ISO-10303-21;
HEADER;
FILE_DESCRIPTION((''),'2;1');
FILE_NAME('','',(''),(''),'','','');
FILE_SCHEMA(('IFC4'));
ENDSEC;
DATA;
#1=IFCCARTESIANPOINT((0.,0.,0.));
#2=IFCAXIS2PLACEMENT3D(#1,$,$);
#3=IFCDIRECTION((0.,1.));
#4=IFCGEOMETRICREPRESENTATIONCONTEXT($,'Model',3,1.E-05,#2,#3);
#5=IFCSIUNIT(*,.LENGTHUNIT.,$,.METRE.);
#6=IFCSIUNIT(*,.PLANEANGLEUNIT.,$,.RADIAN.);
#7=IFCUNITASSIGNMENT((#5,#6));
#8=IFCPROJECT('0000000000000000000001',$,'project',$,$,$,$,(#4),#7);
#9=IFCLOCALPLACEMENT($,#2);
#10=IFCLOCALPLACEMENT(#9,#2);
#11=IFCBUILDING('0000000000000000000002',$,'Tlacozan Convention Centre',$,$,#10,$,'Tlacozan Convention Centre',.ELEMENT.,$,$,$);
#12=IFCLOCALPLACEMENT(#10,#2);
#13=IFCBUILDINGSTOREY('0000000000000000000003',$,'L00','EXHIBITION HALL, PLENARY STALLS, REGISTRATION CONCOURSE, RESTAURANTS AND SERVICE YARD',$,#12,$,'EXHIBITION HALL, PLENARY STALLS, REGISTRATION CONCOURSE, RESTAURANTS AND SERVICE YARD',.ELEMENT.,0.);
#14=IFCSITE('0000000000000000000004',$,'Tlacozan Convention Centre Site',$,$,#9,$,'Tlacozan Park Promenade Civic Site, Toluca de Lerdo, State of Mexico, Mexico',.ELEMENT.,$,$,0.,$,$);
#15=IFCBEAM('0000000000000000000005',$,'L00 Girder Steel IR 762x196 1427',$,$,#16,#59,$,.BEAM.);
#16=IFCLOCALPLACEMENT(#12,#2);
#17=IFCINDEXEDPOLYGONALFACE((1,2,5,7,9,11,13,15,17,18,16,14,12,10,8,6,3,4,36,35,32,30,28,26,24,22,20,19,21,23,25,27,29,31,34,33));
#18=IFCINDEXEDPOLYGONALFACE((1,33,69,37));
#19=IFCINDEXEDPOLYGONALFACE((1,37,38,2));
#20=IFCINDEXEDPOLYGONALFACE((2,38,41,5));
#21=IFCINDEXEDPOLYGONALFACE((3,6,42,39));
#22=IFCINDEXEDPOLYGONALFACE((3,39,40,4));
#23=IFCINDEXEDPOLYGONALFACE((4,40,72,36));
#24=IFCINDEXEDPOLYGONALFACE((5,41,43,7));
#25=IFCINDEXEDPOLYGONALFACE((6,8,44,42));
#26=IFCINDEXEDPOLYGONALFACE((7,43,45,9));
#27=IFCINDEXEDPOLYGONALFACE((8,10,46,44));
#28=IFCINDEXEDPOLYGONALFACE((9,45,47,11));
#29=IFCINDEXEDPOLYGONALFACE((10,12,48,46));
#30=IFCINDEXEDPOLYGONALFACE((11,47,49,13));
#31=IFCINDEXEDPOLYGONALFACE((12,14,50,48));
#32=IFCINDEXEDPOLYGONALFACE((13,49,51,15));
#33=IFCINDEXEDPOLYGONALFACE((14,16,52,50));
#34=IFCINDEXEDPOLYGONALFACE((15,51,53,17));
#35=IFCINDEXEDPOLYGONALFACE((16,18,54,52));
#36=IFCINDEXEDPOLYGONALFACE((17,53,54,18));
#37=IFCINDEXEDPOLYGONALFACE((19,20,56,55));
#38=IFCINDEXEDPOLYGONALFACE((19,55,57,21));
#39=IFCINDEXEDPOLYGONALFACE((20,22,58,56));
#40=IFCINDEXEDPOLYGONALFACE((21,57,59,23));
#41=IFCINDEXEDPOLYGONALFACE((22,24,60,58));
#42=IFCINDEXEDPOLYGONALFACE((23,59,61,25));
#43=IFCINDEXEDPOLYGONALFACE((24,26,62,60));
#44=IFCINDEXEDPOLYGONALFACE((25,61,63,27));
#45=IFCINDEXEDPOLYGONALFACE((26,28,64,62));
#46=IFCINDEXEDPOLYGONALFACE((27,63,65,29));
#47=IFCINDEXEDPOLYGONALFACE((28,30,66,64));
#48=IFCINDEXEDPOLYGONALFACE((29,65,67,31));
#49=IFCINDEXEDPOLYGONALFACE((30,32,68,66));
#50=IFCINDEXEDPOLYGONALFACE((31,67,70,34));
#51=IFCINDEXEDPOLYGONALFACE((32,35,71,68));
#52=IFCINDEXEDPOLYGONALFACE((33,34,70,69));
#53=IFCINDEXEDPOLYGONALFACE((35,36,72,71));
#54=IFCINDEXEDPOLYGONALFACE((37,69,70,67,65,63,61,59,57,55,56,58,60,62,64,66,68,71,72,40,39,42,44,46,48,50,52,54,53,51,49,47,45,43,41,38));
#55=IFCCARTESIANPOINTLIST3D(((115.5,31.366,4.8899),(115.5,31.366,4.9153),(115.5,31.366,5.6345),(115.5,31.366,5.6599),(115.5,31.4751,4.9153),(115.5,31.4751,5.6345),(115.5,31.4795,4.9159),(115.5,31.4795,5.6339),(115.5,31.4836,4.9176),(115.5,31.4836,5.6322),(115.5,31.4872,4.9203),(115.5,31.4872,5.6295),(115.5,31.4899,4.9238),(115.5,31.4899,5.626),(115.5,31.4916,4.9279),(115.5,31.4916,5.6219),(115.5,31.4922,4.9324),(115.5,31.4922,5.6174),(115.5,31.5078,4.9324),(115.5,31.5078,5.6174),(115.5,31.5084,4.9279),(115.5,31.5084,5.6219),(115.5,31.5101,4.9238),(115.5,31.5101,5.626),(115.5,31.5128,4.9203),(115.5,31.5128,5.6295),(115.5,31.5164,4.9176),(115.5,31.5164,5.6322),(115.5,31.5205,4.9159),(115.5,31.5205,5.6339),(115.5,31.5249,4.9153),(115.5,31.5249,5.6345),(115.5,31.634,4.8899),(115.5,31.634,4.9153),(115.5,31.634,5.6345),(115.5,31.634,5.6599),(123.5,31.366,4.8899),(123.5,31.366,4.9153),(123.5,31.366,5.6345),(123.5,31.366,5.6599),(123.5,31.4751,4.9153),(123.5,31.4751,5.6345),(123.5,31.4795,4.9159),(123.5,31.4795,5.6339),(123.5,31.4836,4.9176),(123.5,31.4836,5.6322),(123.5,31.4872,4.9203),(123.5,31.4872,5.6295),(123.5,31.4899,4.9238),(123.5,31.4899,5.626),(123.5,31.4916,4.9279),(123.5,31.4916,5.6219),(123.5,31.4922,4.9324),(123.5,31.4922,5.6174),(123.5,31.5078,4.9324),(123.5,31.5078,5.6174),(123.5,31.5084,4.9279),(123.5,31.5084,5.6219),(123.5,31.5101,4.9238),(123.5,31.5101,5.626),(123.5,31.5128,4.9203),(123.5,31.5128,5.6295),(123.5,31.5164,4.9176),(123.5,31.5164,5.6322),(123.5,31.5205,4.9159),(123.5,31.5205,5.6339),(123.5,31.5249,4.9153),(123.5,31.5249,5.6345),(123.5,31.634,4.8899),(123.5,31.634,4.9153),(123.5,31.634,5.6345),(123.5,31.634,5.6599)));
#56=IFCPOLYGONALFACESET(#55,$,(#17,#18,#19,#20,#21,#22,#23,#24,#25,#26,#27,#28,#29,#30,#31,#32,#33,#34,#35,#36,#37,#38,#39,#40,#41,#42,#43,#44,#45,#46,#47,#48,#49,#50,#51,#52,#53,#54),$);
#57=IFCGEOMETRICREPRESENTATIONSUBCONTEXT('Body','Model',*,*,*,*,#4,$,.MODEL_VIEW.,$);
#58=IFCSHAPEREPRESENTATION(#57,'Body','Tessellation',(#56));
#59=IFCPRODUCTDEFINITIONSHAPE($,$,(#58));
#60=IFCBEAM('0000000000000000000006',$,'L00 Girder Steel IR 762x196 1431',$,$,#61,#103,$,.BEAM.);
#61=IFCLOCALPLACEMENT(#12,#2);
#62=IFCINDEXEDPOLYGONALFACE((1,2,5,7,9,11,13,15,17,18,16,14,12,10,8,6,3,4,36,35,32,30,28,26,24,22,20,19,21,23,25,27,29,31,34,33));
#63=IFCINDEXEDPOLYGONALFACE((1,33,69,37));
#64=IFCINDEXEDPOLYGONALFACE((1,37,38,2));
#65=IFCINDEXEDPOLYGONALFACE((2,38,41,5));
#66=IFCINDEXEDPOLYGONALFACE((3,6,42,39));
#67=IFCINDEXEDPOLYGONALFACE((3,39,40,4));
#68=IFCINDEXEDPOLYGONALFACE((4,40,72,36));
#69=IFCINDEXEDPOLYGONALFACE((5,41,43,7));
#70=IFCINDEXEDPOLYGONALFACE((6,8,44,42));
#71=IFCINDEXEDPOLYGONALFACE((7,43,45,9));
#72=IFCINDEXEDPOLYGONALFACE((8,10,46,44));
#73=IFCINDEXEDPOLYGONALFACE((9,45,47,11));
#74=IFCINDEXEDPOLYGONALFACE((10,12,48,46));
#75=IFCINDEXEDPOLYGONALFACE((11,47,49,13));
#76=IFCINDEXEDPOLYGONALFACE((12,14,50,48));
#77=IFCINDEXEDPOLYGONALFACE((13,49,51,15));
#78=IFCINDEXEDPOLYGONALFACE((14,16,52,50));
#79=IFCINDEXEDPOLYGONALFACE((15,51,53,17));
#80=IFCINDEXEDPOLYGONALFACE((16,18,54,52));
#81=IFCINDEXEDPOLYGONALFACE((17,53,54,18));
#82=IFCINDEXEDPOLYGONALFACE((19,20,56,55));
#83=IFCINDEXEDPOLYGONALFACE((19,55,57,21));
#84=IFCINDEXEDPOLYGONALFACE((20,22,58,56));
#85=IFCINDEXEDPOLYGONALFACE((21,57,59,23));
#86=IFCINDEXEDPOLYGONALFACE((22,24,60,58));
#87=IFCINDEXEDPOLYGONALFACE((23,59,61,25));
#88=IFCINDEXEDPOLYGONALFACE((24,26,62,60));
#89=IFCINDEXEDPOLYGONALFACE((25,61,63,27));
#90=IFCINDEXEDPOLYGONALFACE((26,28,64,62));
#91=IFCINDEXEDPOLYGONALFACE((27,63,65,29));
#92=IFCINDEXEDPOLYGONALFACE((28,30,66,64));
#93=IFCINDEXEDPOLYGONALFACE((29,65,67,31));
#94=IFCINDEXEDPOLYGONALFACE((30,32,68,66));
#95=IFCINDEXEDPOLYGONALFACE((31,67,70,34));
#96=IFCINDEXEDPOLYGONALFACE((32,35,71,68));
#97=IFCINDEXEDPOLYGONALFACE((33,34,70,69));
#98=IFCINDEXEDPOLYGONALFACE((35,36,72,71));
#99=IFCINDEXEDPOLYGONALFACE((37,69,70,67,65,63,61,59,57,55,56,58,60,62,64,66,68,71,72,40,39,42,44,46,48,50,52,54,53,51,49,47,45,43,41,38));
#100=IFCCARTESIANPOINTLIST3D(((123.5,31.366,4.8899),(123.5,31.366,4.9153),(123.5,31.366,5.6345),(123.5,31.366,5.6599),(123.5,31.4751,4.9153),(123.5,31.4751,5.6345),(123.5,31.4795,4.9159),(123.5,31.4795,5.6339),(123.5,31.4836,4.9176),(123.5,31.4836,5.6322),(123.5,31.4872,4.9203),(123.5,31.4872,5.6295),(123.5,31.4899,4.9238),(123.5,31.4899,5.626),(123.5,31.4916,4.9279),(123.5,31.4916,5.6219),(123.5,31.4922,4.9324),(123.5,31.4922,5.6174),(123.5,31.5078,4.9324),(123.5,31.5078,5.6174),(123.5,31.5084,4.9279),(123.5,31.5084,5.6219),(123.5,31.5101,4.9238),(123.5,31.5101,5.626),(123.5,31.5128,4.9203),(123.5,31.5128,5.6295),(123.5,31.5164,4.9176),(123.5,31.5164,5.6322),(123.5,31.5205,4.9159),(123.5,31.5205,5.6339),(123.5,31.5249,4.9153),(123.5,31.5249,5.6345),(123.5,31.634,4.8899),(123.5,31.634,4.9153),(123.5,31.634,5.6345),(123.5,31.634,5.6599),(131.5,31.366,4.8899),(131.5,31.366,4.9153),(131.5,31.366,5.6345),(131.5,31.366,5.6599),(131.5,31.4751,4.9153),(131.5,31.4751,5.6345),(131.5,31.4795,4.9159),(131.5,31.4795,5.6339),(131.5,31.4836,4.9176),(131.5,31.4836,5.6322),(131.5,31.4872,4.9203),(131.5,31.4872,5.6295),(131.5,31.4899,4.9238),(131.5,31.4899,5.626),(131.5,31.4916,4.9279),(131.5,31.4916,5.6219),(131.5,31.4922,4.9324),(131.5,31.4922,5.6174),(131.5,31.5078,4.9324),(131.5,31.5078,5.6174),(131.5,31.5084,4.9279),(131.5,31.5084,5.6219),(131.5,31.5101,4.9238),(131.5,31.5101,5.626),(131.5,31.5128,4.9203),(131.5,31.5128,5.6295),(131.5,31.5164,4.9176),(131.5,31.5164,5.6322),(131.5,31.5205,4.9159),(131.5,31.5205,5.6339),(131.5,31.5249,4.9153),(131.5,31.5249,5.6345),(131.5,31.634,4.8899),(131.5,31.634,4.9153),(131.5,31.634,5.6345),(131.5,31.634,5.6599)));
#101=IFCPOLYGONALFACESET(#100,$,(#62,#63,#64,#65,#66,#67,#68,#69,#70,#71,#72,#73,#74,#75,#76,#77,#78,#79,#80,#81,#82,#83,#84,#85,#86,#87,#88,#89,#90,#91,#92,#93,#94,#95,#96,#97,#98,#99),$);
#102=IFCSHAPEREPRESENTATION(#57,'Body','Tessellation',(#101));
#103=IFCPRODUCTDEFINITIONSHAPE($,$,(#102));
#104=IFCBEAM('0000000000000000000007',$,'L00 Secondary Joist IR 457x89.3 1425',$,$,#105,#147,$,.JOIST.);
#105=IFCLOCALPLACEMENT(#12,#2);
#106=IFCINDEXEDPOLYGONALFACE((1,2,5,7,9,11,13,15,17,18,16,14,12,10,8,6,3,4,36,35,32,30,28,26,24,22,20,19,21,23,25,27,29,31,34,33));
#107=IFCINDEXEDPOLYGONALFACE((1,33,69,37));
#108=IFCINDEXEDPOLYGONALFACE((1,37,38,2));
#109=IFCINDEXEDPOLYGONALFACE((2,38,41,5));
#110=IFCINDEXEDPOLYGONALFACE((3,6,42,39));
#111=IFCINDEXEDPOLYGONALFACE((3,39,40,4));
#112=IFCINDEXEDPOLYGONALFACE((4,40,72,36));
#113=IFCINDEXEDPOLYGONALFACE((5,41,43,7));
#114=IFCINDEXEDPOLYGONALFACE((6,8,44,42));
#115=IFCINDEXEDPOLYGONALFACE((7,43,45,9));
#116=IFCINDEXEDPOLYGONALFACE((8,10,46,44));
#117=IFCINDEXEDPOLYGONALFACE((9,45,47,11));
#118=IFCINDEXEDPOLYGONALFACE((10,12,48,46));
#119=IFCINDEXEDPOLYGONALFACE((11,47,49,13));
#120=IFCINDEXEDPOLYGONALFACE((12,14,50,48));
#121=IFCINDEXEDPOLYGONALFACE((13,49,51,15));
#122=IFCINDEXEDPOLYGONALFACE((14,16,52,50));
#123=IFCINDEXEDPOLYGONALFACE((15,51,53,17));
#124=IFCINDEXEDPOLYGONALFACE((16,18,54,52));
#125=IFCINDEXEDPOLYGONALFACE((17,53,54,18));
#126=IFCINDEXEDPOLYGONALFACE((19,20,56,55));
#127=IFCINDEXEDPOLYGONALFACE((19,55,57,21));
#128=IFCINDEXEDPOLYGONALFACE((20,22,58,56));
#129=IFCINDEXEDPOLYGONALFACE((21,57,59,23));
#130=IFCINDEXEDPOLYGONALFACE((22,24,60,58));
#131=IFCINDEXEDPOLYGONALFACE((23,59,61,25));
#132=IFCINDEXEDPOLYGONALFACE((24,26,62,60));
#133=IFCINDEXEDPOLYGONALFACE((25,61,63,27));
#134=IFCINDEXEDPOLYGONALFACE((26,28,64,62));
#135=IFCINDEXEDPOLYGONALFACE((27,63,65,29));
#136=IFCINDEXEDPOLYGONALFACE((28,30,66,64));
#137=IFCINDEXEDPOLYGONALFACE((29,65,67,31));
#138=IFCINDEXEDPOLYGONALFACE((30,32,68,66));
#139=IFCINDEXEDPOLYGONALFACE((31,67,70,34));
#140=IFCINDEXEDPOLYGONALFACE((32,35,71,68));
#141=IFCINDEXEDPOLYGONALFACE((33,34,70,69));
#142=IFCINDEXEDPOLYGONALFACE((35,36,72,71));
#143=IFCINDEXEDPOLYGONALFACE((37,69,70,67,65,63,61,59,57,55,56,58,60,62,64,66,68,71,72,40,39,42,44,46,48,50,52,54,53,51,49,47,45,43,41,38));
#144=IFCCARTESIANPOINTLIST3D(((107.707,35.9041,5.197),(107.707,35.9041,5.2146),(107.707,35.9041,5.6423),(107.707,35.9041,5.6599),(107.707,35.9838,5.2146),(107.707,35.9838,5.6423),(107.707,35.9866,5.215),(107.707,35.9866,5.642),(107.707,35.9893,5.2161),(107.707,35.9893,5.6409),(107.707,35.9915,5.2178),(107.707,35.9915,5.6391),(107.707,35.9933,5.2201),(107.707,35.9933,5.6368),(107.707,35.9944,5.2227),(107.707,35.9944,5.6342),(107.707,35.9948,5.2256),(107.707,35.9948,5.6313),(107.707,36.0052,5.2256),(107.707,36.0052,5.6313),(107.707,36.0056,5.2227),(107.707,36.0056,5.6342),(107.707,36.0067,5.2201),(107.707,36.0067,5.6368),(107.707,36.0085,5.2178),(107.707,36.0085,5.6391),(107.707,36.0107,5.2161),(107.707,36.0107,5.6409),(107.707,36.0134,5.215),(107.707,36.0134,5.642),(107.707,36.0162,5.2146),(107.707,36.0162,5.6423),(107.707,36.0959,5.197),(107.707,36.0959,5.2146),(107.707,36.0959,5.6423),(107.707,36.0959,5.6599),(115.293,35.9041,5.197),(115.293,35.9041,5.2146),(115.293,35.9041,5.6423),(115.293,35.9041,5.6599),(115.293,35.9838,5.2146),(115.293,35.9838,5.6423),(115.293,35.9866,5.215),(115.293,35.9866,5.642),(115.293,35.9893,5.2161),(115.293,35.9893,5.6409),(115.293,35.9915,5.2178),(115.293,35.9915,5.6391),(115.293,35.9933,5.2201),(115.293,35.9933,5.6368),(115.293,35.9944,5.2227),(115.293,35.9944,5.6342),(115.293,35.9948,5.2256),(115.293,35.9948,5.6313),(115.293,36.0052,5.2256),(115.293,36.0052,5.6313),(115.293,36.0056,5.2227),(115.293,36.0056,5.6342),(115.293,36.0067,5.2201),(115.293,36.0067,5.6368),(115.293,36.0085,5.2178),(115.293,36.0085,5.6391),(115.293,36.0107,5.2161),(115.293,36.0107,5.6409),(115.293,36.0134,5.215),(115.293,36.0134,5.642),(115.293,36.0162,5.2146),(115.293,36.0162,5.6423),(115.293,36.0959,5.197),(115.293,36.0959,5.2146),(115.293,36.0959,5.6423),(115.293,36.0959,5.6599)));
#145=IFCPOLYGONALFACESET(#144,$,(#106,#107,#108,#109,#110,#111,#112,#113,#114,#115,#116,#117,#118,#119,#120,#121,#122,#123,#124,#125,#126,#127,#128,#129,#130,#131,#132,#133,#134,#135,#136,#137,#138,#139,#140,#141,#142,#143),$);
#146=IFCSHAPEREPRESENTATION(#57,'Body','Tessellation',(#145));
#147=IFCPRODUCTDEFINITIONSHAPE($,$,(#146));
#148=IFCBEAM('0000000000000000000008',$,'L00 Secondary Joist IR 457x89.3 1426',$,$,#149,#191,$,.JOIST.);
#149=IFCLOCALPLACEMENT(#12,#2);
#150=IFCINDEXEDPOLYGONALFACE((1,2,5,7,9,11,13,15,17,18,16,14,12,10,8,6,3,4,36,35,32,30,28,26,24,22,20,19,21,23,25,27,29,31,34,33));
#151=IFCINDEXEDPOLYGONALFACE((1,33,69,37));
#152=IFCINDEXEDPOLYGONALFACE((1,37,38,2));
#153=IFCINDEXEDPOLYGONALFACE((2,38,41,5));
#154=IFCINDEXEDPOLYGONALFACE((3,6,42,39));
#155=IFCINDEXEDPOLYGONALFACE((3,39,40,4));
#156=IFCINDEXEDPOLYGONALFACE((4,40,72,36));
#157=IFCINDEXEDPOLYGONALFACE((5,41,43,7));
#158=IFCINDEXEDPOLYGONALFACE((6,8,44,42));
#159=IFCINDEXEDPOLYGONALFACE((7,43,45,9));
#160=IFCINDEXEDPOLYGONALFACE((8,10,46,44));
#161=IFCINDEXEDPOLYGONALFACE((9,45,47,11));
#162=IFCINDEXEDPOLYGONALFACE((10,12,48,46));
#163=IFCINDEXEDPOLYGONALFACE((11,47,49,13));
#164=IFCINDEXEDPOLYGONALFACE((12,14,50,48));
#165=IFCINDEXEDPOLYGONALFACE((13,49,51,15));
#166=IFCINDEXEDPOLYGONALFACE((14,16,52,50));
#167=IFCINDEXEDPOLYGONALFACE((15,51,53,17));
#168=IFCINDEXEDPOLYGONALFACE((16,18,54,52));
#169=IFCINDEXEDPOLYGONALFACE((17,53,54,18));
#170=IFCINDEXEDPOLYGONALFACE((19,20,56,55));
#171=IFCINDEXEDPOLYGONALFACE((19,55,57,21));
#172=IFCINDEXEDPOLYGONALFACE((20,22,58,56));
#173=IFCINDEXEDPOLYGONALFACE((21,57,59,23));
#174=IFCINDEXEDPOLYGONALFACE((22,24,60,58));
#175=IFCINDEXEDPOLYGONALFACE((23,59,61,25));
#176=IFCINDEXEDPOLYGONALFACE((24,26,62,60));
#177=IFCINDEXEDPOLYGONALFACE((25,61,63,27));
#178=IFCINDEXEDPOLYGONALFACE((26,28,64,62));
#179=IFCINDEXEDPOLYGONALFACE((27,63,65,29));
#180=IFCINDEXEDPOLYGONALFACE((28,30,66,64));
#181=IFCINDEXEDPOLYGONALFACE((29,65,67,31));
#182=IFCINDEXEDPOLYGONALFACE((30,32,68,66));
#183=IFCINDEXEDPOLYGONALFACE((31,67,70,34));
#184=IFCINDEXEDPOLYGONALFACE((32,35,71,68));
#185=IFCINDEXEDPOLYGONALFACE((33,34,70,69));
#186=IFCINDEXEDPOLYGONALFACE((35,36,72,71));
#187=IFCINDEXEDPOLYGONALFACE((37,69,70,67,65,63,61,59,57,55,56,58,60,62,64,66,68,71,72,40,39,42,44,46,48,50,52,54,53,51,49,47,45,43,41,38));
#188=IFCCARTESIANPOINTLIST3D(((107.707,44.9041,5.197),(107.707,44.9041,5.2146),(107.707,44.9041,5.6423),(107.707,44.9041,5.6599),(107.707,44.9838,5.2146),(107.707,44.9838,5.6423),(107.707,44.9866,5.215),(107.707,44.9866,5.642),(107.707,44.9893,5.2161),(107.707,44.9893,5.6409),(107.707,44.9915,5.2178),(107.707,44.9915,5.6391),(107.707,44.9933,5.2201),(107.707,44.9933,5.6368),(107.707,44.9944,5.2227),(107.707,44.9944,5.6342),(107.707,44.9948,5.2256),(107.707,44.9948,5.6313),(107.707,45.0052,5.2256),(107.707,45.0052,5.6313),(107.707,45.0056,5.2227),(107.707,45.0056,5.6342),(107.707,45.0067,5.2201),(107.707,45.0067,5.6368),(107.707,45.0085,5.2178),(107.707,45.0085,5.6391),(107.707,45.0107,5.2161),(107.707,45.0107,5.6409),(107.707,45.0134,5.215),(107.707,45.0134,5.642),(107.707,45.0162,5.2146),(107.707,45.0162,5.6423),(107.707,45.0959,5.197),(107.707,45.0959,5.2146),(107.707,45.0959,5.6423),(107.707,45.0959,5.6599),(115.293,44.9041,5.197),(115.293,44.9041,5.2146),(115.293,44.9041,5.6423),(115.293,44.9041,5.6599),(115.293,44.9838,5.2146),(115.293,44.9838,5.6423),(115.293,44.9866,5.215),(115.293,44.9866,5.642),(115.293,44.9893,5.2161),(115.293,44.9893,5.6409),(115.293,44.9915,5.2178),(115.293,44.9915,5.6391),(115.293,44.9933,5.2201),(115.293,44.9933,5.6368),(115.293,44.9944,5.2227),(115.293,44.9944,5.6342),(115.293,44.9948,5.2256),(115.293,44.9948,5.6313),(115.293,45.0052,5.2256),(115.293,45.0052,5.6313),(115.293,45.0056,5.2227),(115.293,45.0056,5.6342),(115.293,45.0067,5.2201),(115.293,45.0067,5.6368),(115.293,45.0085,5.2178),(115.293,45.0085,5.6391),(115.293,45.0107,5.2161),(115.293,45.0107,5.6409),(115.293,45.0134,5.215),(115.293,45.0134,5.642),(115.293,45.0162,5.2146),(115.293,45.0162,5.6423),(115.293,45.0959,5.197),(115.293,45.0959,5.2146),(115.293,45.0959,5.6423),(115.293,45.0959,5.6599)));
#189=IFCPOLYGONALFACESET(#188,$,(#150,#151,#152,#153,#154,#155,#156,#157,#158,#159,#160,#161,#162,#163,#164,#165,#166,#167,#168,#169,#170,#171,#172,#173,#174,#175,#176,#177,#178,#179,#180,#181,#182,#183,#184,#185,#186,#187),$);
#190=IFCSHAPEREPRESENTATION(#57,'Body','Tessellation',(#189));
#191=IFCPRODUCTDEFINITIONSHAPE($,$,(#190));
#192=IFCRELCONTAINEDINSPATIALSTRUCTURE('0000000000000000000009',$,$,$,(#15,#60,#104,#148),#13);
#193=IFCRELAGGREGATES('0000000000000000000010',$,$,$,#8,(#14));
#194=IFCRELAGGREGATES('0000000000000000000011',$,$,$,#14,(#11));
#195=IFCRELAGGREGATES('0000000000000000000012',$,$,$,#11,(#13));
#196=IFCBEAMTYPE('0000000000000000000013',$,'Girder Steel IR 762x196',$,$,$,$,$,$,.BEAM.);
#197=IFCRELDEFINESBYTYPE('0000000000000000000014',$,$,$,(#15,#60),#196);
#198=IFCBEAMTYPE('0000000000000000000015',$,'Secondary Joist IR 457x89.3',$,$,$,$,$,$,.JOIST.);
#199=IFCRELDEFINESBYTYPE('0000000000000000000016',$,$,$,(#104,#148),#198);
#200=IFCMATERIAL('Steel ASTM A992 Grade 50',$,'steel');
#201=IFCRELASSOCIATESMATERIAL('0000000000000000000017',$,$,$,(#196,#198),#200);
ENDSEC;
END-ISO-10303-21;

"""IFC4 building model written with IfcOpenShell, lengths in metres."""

from ifc_helpers import new_model, si_unit, direction, frame, origin, origin_2d, place, context, subcontext, project, spatial, i_section, extrude, material, material_profile, profile_set, type_object, element, save


model = new_model("IFC4")

# Units and contexts
model_context = context("Model", 3, precision=1e-05, world=origin(), true_north=direction((0.0, 1.0)))
body_context = subcontext(model_context, "Body", "Model", "MODEL_VIEW")
ifc_project = project(units=[si_unit("LENGTHUNIT", "METRE"), si_unit("PLANEANGLEUNIT", "RADIAN")], contexts=[model_context])

# Site, building, storey
site_placement = place(None, origin())
site = spatial("IfcSite", under=ifc_project, at=site_placement, Name="Tlacozan Convention Centre Site", LongName="Tlacozan Park Promenade Civic Site, Toluca de Lerdo, State of Mexico, Mexico", CompositionType="ELEMENT", RefElevation=0.0)
building_placement = place(site_placement, origin())
building = spatial("IfcBuilding", under=site, at=building_placement, Name="Tlacozan Convention Centre", LongName="Tlacozan Convention Centre", CompositionType="ELEMENT")
storey_placement = place(building_placement, origin())
storey = spatial("IfcBuildingStorey", under=building, at=storey_placement, Name="L00", Description="EXHIBITION HALL, PLENARY STALLS, REGISTRATION CONCOURSE, RESTAURANTS AND SERVICE YARD", LongName="EXHIBITION HALL, PLENARY STALLS, REGISTRATION CONCOURSE, RESTAURANTS AND SERVICE YARD", CompositionType="ELEMENT", Elevation=0.0)

# Beams
ifc_material_1 = material(Name="Steel ASTM A992 Grade 50", Category="steel")
ifc_material_profile_1 = material_profile(ifc_material_1, i_section(OverallWidth=0.2681, OverallDepth=0.77, WebThickness=0.0156, FlangeThickness=0.0254, FilletRadius=0.0171, at=origin_2d()), Name="IR 762x196.0")
ifc_profile_set_1 = profile_set([ifc_material_profile_1], Name="Steel ASTM A992 Grade 50")
beam_type_1 = type_object("IfcBeamType", Name="Girder Steel IR 762x196", PredefinedType="BEAM", material=ifc_profile_set_1)
for number, where, z_axis, x_axis, name in (
    (1, (115.5, 31.5, 5.2749), (1.0, 0.0, 0.0), (0.0, 1.0, 0.0), "L00 Girder Steel IR 762x196 1427"),
    (2, (123.5, 31.5, 5.2749), (1.0, 0.0, 0.0), (0.0, 1.0, 0.0), "L00 Girder Steel IR 762x196 1431"),
):
    element("IfcBeam", number, at=place(storey_placement, frame(where, z_axis=z_axis, x_axis=x_axis)), inside=storey, type_object=beam_type_1, Name=name, PredefinedType="BEAM", context=body_context, shape_type="SweptSolid", body=[
        extrude(i_section(OverallWidth=0.2681, OverallDepth=0.77, WebThickness=0.0156, FlangeThickness=0.0254, FilletRadius=0.0171, at=origin_2d()), origin(), (0.0, 0.0, 1.0), 8.0),
    ])
ifc_material_profile_2 = material_profile(ifc_material_1, i_section(OverallWidth=0.1919, OverallDepth=0.4629, WebThickness=0.0105, FlangeThickness=0.0176, FilletRadius=0.011, at=origin_2d()), Name="IR 457x89.3")
ifc_profile_set_2 = profile_set([ifc_material_profile_2], Name="Steel ASTM A992 Grade 50")
beam_type_2 = type_object("IfcBeamType", Name="Secondary Joist IR 457x89.3", PredefinedType="JOIST", material=ifc_profile_set_2)
for number, where, z_axis, x_axis, name in (
    (3, (107.707, 36.0, 5.4285), (1.0, 0.0, 0.0), (0.0, 1.0, 0.0), "L00 Secondary Joist IR 457x89.3 1425"),
    (4, (107.707, 45.0, 5.4285), (1.0, 0.0, 0.0), (0.0, 1.0, 0.0), "L00 Secondary Joist IR 457x89.3 1426"),
):
    element("IfcBeam", number, at=place(storey_placement, frame(where, z_axis=z_axis, x_axis=x_axis)), inside=storey, type_object=beam_type_2, Name=name, PredefinedType="JOIST", context=body_context, shape_type="SweptSolid", body=[
        extrude(i_section(OverallWidth=0.1919, OverallDepth=0.4629, WebThickness=0.0105, FlangeThickness=0.0176, FilletRadius=0.011, at=origin_2d()), origin(), (0.0, 0.0, 1.0), 7.5859),
    ])

save(model, "model.ifc")
